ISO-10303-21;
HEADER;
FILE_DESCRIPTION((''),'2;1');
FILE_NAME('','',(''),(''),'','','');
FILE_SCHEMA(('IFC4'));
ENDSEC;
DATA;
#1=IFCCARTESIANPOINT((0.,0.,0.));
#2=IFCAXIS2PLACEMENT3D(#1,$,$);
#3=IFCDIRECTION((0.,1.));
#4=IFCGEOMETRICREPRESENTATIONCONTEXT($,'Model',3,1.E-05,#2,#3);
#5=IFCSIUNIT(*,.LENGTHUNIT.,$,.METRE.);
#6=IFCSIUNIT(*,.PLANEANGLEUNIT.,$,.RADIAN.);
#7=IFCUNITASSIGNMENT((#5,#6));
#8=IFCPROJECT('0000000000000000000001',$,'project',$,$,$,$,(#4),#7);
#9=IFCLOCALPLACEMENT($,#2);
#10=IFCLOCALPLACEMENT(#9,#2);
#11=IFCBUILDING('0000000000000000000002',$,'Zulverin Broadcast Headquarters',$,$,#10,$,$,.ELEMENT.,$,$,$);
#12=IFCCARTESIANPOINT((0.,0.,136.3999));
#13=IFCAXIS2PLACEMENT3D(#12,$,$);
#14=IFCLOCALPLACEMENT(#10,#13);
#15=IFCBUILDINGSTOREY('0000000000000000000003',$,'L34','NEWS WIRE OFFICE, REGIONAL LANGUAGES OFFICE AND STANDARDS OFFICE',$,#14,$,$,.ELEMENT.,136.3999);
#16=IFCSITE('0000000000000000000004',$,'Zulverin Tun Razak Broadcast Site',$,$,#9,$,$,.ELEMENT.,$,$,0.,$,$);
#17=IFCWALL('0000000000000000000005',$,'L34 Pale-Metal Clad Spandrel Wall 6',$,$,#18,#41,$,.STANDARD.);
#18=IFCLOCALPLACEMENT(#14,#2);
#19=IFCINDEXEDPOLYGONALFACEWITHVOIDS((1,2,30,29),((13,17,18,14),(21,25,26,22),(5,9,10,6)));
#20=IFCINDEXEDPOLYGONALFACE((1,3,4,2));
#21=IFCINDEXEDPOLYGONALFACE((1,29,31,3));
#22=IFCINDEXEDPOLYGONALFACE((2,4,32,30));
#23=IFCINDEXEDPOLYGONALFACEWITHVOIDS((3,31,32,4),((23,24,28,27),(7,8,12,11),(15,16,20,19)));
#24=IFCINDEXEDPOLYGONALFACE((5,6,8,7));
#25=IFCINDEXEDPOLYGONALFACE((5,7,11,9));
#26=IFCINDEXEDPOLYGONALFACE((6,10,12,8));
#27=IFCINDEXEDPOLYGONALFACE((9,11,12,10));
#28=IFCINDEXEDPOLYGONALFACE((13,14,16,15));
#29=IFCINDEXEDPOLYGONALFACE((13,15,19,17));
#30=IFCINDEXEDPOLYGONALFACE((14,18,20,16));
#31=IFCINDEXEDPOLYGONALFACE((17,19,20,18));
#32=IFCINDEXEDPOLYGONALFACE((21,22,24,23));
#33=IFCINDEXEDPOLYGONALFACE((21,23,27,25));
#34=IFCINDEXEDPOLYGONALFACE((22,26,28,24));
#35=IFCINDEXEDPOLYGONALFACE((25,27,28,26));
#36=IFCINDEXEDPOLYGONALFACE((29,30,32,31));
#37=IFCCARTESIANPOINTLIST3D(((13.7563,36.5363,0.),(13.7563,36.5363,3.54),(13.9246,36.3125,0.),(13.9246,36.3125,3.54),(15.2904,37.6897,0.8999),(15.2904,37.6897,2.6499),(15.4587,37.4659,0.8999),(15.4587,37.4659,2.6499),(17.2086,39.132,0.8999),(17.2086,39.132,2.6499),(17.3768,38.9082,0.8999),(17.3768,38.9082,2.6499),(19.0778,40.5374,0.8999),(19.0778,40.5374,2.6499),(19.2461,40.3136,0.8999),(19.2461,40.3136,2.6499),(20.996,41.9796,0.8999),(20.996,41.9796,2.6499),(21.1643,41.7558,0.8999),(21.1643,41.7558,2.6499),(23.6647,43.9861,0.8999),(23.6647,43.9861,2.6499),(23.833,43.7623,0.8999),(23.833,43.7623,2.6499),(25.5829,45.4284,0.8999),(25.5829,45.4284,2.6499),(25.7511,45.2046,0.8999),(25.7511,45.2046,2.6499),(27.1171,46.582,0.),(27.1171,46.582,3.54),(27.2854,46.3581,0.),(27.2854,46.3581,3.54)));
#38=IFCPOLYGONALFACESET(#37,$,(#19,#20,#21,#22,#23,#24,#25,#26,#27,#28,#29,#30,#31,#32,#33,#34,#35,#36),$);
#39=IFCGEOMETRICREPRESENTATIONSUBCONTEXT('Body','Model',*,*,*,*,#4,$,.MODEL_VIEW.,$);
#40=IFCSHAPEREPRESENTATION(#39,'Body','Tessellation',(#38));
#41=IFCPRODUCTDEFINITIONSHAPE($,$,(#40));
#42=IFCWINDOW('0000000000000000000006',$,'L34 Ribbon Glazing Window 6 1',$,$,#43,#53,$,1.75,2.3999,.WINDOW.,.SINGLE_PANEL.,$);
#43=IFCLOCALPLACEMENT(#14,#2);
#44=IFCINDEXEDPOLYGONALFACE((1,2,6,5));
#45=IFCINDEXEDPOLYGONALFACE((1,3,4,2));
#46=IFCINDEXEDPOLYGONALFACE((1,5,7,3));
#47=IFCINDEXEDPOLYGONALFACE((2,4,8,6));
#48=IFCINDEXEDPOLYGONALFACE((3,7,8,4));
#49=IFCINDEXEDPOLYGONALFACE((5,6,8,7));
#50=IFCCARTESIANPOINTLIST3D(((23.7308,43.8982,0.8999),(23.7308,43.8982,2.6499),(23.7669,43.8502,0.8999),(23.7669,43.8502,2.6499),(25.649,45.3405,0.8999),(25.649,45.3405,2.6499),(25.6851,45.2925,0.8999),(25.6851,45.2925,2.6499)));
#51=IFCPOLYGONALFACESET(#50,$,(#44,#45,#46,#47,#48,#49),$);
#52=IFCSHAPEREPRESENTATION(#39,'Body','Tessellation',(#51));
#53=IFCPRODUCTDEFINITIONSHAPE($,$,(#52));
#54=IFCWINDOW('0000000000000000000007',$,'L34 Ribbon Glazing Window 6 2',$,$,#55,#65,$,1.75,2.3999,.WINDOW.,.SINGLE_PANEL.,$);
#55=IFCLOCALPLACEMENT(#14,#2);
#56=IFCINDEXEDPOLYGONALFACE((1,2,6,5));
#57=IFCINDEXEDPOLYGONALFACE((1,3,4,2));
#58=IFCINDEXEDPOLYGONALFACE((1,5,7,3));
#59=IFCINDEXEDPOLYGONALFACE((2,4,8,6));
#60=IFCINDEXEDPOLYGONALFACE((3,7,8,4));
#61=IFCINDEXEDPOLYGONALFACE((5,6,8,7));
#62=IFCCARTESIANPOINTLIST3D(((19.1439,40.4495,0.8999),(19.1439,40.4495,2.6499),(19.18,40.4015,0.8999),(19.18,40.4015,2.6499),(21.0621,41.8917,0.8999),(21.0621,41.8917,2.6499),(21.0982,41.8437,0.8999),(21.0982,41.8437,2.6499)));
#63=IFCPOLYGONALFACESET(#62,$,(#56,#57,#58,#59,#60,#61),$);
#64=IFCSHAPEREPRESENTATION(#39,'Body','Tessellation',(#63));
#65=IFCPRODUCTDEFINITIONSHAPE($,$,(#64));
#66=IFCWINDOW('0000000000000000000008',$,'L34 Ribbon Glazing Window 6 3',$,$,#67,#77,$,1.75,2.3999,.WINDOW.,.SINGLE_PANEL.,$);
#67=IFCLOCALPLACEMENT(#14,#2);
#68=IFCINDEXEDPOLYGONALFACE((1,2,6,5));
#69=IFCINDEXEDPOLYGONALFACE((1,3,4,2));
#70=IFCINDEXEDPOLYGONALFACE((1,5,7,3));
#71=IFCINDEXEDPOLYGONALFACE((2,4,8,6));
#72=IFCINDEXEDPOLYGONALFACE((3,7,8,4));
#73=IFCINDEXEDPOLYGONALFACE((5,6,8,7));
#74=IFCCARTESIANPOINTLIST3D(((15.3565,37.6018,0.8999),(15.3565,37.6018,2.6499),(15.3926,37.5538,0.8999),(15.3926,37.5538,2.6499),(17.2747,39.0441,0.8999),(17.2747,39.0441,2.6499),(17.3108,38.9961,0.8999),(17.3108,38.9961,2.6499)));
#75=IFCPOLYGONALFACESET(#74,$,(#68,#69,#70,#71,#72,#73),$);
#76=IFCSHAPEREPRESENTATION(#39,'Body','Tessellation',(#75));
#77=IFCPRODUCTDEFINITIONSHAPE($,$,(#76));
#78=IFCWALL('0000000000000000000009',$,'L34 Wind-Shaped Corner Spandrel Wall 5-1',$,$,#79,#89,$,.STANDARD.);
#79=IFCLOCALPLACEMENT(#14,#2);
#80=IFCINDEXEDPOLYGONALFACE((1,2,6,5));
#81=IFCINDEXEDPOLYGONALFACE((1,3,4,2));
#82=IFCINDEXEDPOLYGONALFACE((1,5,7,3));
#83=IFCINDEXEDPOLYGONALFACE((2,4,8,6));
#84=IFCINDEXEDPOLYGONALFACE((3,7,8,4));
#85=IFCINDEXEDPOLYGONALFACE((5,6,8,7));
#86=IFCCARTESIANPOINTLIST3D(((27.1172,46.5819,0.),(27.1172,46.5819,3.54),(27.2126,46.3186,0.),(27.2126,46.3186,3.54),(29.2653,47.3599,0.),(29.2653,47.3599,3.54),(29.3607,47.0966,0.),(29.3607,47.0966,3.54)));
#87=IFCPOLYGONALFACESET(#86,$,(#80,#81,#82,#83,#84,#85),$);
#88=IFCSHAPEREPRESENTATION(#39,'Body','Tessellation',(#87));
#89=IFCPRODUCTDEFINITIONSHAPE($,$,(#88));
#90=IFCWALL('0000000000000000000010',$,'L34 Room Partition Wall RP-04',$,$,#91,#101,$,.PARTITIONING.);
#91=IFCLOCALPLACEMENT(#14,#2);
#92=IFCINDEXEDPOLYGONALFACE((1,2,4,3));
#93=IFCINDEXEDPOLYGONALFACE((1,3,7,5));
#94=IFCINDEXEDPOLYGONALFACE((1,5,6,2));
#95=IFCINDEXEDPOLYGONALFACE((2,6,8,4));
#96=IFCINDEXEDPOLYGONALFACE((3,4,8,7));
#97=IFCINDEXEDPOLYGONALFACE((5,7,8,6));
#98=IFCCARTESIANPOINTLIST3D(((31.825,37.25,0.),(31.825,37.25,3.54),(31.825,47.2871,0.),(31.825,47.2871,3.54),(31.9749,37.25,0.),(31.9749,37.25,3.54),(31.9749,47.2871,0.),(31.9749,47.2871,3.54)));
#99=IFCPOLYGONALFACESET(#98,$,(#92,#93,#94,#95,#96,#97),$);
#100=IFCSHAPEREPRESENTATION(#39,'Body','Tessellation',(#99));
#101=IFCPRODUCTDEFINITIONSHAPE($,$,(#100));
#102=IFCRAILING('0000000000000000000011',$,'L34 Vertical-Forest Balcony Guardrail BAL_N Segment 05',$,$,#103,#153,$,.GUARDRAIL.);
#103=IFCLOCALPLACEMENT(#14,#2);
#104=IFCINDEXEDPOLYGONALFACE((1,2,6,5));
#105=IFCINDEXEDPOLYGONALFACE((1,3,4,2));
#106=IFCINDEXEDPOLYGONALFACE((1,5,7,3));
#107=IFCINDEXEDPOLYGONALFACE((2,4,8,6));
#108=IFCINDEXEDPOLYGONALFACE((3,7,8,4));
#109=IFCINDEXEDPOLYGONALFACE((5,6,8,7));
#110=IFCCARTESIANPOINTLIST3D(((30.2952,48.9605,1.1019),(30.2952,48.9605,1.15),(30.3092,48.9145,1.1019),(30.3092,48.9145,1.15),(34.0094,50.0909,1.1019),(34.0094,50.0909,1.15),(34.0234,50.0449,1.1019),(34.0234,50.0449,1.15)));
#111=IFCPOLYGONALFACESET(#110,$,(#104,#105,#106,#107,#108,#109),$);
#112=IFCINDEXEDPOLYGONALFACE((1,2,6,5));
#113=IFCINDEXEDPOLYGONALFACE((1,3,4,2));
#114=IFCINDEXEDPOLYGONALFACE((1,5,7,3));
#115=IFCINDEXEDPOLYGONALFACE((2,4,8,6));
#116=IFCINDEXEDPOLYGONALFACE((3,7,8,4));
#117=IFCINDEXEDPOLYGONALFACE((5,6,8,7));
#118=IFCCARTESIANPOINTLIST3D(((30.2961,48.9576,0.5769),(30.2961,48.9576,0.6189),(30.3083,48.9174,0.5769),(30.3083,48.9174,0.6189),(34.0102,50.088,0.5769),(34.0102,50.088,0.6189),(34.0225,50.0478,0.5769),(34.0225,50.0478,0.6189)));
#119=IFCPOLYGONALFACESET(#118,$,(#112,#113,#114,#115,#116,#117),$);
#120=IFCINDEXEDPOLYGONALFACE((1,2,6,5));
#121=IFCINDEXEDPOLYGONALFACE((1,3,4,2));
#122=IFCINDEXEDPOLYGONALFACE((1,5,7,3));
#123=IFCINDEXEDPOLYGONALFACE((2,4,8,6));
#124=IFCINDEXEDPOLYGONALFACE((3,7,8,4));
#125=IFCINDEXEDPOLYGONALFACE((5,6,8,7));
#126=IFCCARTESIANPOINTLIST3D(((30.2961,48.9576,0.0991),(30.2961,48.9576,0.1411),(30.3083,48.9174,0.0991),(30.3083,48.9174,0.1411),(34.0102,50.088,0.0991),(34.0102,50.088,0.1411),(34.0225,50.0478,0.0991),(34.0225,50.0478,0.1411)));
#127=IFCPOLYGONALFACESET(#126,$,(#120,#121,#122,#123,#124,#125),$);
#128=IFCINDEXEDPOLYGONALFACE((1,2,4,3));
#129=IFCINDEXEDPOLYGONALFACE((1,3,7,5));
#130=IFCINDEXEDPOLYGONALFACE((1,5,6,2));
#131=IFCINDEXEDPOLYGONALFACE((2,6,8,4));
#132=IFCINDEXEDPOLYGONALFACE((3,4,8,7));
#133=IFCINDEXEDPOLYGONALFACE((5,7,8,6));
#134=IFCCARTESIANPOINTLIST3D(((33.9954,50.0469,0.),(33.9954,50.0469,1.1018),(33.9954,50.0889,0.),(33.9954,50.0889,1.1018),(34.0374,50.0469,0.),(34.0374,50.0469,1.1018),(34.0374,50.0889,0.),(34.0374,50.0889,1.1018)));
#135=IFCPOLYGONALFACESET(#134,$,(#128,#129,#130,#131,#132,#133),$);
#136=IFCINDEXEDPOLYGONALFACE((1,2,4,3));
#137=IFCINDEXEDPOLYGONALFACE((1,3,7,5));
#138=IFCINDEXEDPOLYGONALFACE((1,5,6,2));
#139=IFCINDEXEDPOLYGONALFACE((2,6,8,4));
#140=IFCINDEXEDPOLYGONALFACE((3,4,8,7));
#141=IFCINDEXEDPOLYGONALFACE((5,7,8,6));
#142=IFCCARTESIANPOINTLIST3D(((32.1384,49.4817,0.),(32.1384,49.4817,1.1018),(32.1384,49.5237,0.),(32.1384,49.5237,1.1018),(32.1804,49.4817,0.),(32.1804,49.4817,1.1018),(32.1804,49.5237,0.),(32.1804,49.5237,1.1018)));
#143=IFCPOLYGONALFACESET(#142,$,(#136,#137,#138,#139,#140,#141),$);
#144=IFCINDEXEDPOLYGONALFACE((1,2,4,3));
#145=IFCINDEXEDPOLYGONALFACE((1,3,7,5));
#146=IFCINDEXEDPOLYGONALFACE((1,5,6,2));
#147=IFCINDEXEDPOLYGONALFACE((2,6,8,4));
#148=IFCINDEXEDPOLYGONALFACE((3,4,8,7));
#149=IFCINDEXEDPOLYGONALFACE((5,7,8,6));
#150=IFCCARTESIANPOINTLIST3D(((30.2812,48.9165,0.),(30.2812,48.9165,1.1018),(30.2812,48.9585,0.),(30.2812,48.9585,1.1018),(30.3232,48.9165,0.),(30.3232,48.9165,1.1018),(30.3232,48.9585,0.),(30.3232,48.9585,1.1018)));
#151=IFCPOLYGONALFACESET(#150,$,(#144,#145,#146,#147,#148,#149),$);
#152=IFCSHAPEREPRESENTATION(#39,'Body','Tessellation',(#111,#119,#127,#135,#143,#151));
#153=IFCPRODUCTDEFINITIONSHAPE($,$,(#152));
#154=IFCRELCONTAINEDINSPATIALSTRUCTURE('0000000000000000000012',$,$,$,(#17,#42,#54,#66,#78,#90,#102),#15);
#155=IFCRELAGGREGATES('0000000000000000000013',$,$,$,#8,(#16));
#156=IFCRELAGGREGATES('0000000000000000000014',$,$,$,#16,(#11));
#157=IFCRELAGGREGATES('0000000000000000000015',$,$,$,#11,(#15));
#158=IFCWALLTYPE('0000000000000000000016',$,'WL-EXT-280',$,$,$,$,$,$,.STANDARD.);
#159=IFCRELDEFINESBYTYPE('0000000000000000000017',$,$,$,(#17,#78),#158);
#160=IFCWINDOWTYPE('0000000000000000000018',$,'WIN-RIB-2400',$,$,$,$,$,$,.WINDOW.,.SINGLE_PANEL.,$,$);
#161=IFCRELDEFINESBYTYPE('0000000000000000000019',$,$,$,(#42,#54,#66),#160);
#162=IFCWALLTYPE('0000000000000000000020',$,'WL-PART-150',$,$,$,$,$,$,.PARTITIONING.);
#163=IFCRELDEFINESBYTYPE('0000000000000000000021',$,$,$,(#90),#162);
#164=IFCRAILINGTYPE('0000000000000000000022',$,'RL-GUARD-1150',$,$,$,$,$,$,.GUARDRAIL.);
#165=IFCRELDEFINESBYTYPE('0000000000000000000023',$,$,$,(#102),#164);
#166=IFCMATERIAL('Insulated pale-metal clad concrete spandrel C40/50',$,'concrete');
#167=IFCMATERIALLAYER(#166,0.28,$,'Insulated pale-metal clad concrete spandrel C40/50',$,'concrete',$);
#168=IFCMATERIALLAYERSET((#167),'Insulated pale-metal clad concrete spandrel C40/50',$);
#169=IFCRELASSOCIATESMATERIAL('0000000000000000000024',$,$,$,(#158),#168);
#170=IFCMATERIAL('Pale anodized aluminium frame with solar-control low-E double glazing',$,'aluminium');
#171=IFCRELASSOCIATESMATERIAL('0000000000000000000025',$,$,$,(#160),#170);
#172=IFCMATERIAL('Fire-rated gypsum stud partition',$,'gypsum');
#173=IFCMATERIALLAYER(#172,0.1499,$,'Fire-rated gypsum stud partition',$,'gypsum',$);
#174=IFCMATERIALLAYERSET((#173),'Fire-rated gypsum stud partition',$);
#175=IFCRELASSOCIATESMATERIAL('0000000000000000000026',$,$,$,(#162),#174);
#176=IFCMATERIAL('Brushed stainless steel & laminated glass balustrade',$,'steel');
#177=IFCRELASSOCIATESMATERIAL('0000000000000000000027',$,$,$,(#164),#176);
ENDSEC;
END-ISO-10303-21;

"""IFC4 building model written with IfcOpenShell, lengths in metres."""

from ifc_helpers import new_model, si_unit, direction, frame, frame_2d, origin, origin_2d, place, context, subcontext, project, spatial, rectangle, extrude, material, layer, layer_set, type_object, element, fill, save


model = new_model("IFC4")

# Units and contexts
model_context = context("Model", 3, precision=1e-05, world=origin(), true_north=direction((0.0, 1.0)))
body_context = subcontext(model_context, "Body", "Model", "MODEL_VIEW")
ifc_project = project(units=[si_unit("LENGTHUNIT", "METRE"), si_unit("PLANEANGLEUNIT", "RADIAN")], contexts=[model_context])

# Site, building, storey
site_placement = place(None, origin())
site = spatial("IfcSite", under=ifc_project, at=site_placement, Name="Zulverin Tun Razak Broadcast Site", CompositionType="ELEMENT", RefElevation=0.0)
building_placement = place(site_placement, origin())
building = spatial("IfcBuilding", under=site, at=building_placement, Name="Zulverin Broadcast Headquarters", CompositionType="ELEMENT")
storey_placement = place(building_placement, frame((0.0, 0.0, 136.3999)))
storey = spatial("IfcBuildingStorey", under=building, at=storey_placement, Name="L34", Description="NEWS WIRE OFFICE, REGIONAL LANGUAGES OFFICE AND STANDARDS OFFICE", CompositionType="ELEMENT", Elevation=136.3999)

# Wall, openings, windows
ifc_material_1 = material(Name="Insulated pale-metal clad concrete spandrel C40/50", Category="concrete")
ifc_layer_1 = layer(ifc_material_1, 0.28, Name="Insulated pale-metal clad concrete spandrel C40/50", Category="concrete")
ifc_layer_set_1 = layer_set([ifc_layer_1], Name="Insulated pale-metal clad concrete spandrel C40/50")
wall_type_1 = type_object("IfcWallType", Name="WL-EXT-280", PredefinedType="STANDARD", material=ifc_layer_set_1)
wall_1_placement = place(storey_placement, frame((27.2012, 46.47, 0.0), z_axis=(0.0, 0.0, 1.0), x_axis=(-0.799281, -0.600958, 0.0)))
wall_1 = element("IfcWall", 1, at=wall_1_placement, inside=storey, type_object=wall_type_1, Name="L34 Pale-Metal Clad Spandrel Wall 6", PredefinedType="STANDARD", context=body_context, shape_type="SweptSolid", body=[
    extrude(rectangle(XDim=16.7161, YDim=0.28, at=frame_2d((8.3579, 0.0))), origin(), (0.0, 0.0, 1.0), 3.54),
])
opening_1_placement = place(wall_1_placement, frame((1.9194, 0.0, 0.8999)))
opening_1 = element("IfcOpeningElement", 2, at=opening_1_placement, cuts=wall_1, PredefinedType="OPENING", context=body_context, shape_type="SweptSolid", body=[
    extrude(rectangle(XDim=2.3999, YDim=1.75, at=frame_2d((1.2, 0.875))), frame((0.0, 0.1499, 0.0), z_axis=(0.0, -1.0, 0.0), x_axis=(1.0, 0.0, 0.0)), (0.0, 0.0, 1.0), 0.3),
])
opening_2_placement = place(wall_1_placement, frame((7.6582, 0.0, 0.8999)))
opening_2 = element("IfcOpeningElement", 3, at=opening_2_placement, cuts=wall_1, PredefinedType="OPENING", context=body_context, shape_type="SweptSolid", body=[
    extrude(rectangle(XDim=2.3999, YDim=1.75, at=frame_2d((1.2, 0.875))), frame((0.0, 0.1499, 0.0), z_axis=(0.0, -1.0, 0.0), x_axis=(1.0, 0.0, 0.0)), (0.0, 0.0, 1.0), 0.3),
])
opening_3_placement = place(wall_1_placement, frame((12.3967, 0.0, 0.8999)))
opening_3 = element("IfcOpeningElement", 4, at=opening_3_placement, cuts=wall_1, PredefinedType="OPENING", context=body_context, shape_type="SweptSolid", body=[
    extrude(rectangle(XDim=2.3999, YDim=1.75, at=frame_2d((1.2, 0.875))), frame((0.0, 0.1499, 0.0), z_axis=(0.0, -1.0, 0.0), x_axis=(1.0, 0.0, 0.0)), (0.0, 0.0, 1.0), 0.3),
])
ifc_material_2 = material(Name="Pale anodized aluminium frame with solar-control low-E double glazing", Category="aluminium")
window_type = type_object("IfcWindowType", Name="WIN-RIB-2400", PartitioningType="SINGLE_PANEL", PredefinedType="WINDOW", material=ifc_material_2)
window_1_placement = place(opening_1_placement, origin())
window_1 = element("IfcWindow", 5, at=window_1_placement, inside=storey, type_object=window_type, Name="L34 Ribbon Glazing Window 6 1", OverallHeight=1.75, OverallWidth=2.3999, PartitioningType="SINGLE_PANEL", PredefinedType="WINDOW", context=body_context, shape_type="SweptSolid", body=[
    extrude(rectangle(XDim=2.3999, YDim=1.75, at=frame_2d((1.2, 0.875))), frame((0.0, 0.03, 0.0), z_axis=(0.0, -1.0, 0.0), x_axis=(1.0, 0.0, 0.0)), (0.0, 0.0, 1.0), 0.0601),
])
fill(opening_1, window_1)
window_2_placement = place(opening_2_placement, origin())
window_2 = element("IfcWindow", 6, at=window_2_placement, inside=storey, type_object=window_type, Name="L34 Ribbon Glazing Window 6 2", OverallHeight=1.75, OverallWidth=2.3999, PartitioningType="SINGLE_PANEL", PredefinedType="WINDOW", context=body_context, shape_type="SweptSolid", body=[
    extrude(rectangle(XDim=2.3999, YDim=1.75, at=frame_2d((1.2, 0.875))), frame((0.0, 0.03, 0.0), z_axis=(0.0, -1.0, 0.0), x_axis=(1.0, 0.0, 0.0)), (0.0, 0.0, 1.0), 0.0601),
])
fill(opening_2, window_2)
window_3_placement = place(opening_3_placement, origin())
window_3 = element("IfcWindow", 7, at=window_3_placement, inside=storey, type_object=window_type, Name="L34 Ribbon Glazing Window 6 3", OverallHeight=1.75, OverallWidth=2.3999, PartitioningType="SINGLE_PANEL", PredefinedType="WINDOW", context=body_context, shape_type="SweptSolid", body=[
    extrude(rectangle(XDim=2.3999, YDim=1.75, at=frame_2d((1.2, 0.875))), frame((0.0, 0.03, 0.0), z_axis=(0.0, -1.0, 0.0), x_axis=(1.0, 0.0, 0.0)), (0.0, 0.0, 1.0), 0.0601),
])
fill(opening_3, window_3)

# Wall
wall_2_placement = place(storey_placement, frame((29.313, 47.2283, 0.0), z_axis=(0.0, 0.0, 1.0), x_axis=(-0.940226, -0.34055, 0.0)))
element("IfcWall", 8, at=wall_2_placement, inside=storey, type_object=wall_type_1, Name="L34 Wind-Shaped Corner Spandrel Wall 5-1", PredefinedType="STANDARD", context=body_context, shape_type="SweptSolid", body=[
    extrude(rectangle(XDim=2.2847, YDim=0.28, at=frame_2d((1.1423, 0.0))), origin(), (0.0, 0.0, 1.0), 3.54),
])

# Shared definitions
ifc_material_3 = material(Name="Fire-rated gypsum stud partition", Category="gypsum")
ifc_layer_2 = layer(ifc_material_3, 0.1499, Name="Fire-rated gypsum stud partition", Category="gypsum")
ifc_layer_set_2 = layer_set([ifc_layer_2], Name="Fire-rated gypsum stud partition")
wall_type_2 = type_object("IfcWallType", Name="WL-PART-150", PredefinedType="PARTITIONING", material=ifc_layer_set_2)

# Wall
wall_3_placement = place(storey_placement, frame((31.8999, 37.25, 0.0), z_axis=(0.0, 0.0, 1.0), x_axis=(0.0, 1.0, 0.0)))
element("IfcWall", 9, at=wall_3_placement, inside=storey, type_object=wall_type_2, Name="L34 Room Partition Wall RP-04", PredefinedType="PARTITIONING", context=body_context, shape_type="SweptSolid", body=[
    extrude(rectangle(XDim=10.0371, YDim=0.1499, at=frame_2d((5.0186, 0.0))), origin(), (0.0, 0.0, 1.0), 3.54),
])

# Railing
ifc_material_4 = material(Name="Brushed stainless steel & laminated glass balustrade", Category="steel")
railing_type = type_object("IfcRailingType", Name="RL-GUARD-1150", PredefinedType="GUARDRAIL", material=ifc_material_4)
railing_1_placement = place(storey_placement, frame((34.0164, 50.0679, 0.0)))
element("IfcRailing", 10, at=railing_1_placement, inside=storey, type_object=railing_type, Name="L34 Vertical-Forest Balcony Guardrail BAL_N Segment 05", PredefinedType="GUARDRAIL", context=body_context, shape_type="SweptSolid", body=[
    extrude(rectangle(XDim=0.0481, YDim=0.0481, at=origin_2d()), frame((0.0, 0.0, 1.126), z_axis=(-0.956675, -0.291159, 0.0), x_axis=(0.291159, -0.956675, 0.0)), (0.0, 0.0, 1.0), 3.8823),
    extrude(rectangle(XDim=0.042, YDim=0.042, at=origin_2d()), frame((0.0, 0.0, 0.5979), z_axis=(-0.956675, -0.291159, 0.0), x_axis=(0.291159, -0.956675, 0.0)), (0.0, 0.0, 1.0), 3.8823),
    extrude(rectangle(XDim=0.042, YDim=0.042, at=origin_2d()), frame((0.0, 0.0, 0.1201), z_axis=(-0.956675, -0.291159, 0.0), x_axis=(0.291159, -0.956675, 0.0)), (0.0, 0.0, 1.0), 3.8823),
    extrude(rectangle(XDim=0.042, YDim=0.042, at=origin_2d()), origin(), (0.0, 0.0, 1.0), 1.1018),
    extrude(rectangle(XDim=0.042, YDim=0.042, at=origin_2d()), frame((-1.8569, -0.5652, 0.0)), (0.0, 0.0, 1.0), 1.1018),
    extrude(rectangle(XDim=0.042, YDim=0.042, at=origin_2d()), frame((-3.7141, -1.1304, 0.0)), (0.0, 0.0, 1.0), 1.1018),
])

save(model, "model.ifc")
